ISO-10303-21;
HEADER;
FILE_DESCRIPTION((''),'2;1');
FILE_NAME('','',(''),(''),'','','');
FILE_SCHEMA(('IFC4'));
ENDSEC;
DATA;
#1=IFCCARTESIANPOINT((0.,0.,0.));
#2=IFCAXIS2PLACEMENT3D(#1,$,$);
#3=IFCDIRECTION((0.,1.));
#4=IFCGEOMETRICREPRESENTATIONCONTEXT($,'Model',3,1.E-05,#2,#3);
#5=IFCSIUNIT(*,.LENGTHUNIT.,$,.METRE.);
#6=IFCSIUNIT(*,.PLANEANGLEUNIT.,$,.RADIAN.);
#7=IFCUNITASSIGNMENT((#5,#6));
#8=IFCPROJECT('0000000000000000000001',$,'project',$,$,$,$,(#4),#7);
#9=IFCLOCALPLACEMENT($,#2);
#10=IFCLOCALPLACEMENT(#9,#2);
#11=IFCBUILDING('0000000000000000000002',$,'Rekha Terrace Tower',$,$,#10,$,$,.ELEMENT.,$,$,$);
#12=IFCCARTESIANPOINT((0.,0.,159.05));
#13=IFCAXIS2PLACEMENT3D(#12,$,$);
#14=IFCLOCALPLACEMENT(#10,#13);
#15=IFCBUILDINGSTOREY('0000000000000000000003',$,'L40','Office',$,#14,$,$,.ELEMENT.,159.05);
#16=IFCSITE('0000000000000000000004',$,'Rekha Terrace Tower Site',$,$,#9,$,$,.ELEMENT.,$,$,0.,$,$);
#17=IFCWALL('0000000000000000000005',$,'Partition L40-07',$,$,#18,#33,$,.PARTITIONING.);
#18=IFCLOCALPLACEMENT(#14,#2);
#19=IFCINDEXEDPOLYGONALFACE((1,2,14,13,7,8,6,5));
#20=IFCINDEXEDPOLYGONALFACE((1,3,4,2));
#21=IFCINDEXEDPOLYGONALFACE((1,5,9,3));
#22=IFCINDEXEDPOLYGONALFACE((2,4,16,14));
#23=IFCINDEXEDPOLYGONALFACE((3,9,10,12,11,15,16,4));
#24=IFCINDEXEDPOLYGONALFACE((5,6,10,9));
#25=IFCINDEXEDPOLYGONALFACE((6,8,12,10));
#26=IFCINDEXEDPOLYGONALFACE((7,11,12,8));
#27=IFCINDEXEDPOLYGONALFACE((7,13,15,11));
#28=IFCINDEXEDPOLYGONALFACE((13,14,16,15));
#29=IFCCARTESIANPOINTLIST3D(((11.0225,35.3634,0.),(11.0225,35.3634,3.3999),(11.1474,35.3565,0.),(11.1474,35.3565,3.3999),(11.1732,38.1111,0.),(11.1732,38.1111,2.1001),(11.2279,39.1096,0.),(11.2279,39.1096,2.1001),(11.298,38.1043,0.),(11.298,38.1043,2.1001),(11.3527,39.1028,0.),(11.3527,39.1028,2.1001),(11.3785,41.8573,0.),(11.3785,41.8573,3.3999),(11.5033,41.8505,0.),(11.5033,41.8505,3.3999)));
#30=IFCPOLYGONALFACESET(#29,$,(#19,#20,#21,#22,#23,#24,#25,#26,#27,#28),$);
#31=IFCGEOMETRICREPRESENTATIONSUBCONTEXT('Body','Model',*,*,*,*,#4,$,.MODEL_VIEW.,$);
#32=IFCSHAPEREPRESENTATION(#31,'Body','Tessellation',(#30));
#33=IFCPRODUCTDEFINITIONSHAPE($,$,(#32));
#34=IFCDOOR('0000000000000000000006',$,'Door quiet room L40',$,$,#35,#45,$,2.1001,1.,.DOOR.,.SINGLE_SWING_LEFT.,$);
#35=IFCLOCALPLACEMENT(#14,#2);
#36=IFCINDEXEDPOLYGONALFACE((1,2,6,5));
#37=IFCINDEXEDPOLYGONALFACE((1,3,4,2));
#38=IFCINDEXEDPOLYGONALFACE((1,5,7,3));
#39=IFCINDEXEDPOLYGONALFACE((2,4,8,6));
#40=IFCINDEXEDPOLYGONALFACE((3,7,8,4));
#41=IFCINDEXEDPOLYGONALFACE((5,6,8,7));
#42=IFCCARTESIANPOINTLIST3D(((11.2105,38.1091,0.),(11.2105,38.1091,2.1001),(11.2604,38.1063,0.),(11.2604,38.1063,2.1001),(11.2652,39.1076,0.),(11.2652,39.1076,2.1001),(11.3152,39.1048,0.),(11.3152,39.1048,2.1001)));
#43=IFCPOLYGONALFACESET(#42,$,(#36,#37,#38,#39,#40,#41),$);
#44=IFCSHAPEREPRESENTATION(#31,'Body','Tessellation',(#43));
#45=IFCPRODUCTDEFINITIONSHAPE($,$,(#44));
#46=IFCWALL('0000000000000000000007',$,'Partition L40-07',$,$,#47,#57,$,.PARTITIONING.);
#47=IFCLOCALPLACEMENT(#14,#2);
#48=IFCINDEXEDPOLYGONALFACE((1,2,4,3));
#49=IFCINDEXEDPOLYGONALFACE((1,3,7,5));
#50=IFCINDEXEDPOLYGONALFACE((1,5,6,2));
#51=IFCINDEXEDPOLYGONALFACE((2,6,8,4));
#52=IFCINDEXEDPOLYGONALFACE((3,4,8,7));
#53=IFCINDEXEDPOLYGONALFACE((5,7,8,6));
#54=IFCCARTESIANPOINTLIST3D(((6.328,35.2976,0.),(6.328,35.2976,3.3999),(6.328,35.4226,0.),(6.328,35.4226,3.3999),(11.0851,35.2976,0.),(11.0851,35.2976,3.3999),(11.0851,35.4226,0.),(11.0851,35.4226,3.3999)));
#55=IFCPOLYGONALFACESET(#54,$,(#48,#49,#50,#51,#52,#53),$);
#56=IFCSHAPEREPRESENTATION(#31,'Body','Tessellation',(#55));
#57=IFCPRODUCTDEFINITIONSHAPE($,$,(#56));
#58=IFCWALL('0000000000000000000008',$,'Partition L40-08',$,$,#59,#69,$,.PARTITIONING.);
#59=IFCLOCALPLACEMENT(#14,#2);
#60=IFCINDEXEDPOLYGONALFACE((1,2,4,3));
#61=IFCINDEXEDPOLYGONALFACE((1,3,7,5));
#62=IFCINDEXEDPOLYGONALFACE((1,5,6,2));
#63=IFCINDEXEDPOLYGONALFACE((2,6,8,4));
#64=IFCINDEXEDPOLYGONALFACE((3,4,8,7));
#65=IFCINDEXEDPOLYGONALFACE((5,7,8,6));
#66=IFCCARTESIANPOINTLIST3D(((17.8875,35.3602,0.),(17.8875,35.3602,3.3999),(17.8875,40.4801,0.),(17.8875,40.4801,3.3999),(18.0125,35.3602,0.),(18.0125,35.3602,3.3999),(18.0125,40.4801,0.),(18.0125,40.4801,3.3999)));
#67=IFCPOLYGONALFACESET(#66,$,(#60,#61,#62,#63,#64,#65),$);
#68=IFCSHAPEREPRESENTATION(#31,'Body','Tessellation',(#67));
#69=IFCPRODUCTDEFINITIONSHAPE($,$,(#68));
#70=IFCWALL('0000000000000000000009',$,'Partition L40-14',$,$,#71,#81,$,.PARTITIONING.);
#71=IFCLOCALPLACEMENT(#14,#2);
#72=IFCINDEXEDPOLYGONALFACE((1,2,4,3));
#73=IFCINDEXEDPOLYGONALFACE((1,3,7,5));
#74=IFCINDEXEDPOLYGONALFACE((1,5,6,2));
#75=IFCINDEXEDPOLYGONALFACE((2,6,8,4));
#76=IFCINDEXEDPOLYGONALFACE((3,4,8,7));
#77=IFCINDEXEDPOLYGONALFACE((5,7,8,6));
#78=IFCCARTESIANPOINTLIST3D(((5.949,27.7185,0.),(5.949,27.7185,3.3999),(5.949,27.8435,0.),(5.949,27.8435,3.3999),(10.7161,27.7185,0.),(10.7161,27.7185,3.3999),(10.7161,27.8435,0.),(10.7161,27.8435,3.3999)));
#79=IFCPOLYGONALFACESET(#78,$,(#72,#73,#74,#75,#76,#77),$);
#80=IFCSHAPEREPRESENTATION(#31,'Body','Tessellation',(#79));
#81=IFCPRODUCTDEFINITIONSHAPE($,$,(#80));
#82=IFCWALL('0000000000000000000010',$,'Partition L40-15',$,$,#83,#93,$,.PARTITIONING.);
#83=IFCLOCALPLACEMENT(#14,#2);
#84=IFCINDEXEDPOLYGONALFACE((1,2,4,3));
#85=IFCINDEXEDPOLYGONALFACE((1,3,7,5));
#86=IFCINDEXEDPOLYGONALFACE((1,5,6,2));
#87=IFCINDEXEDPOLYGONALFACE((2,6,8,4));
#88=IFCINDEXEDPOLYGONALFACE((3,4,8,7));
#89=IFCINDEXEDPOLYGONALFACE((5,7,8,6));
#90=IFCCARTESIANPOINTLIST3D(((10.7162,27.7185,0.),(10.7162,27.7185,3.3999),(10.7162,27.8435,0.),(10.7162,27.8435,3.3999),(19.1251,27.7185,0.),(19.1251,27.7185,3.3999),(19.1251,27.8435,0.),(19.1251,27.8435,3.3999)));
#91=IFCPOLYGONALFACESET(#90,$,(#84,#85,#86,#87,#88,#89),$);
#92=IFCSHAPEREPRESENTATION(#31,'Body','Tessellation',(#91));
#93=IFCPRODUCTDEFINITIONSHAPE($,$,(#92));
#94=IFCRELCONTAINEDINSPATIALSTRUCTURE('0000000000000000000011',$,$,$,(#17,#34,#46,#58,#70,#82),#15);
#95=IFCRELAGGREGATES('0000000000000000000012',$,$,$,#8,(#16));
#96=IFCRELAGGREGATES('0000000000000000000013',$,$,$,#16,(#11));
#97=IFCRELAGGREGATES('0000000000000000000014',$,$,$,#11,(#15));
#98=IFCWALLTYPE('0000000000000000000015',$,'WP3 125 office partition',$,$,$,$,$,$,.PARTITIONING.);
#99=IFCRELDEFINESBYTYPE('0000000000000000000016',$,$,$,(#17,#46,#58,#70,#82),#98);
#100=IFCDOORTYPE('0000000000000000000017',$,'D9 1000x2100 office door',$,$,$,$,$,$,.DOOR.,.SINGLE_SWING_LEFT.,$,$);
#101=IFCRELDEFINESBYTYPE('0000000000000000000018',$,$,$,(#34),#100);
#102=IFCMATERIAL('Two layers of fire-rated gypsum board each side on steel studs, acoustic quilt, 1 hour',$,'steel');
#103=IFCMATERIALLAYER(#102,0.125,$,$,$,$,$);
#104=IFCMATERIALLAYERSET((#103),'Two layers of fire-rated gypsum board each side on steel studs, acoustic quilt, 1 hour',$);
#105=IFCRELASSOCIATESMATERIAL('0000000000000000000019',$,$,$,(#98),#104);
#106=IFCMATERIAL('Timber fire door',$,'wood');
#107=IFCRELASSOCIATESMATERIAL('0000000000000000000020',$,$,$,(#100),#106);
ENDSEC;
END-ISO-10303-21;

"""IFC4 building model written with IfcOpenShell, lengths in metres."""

from ifc_helpers import new_model, si_unit, direction, frame, frame_2d, origin, place, context, subcontext, project, spatial, rectangle, extrude, material, layer, layer_set, type_object, element, fill, save


model = new_model("IFC4")

# Units and contexts
model_context = context("Model", 3, precision=1e-05, world=origin(), true_north=direction((0.0, 1.0)))
body_context = subcontext(model_context, "Body", "Model", "MODEL_VIEW")
ifc_project = project(units=[si_unit("LENGTHUNIT", "METRE"), si_unit("PLANEANGLEUNIT", "RADIAN")], contexts=[model_context])

# Site, building, storey
site_placement = place(None, origin())
site = spatial("IfcSite", under=ifc_project, at=site_placement, Name="Rekha Terrace Tower Site", CompositionType="ELEMENT", RefElevation=0.0)
building_placement = place(site_placement, origin())
building = spatial("IfcBuilding", under=site, at=building_placement, Name="Rekha Terrace Tower", CompositionType="ELEMENT")
storey_placement = place(building_placement, frame((0.0, 0.0, 159.05)))
storey = spatial("IfcBuildingStorey", under=building, at=storey_placement, Name="L40", Description="Office", CompositionType="ELEMENT", Elevation=159.05)

# Shared definitions
ifc_material_1 = material(Name="Two layers of fire-rated gypsum board each side on steel studs, acoustic quilt, 1 hour", Category="steel")
ifc_layer_1 = layer(ifc_material_1, 0.125)
ifc_layer_set_1 = layer_set([ifc_layer_1], Name="Two layers of fire-rated gypsum board each side on steel studs, acoustic quilt, 1 hour")
wall_type_1 = type_object("IfcWallType", Name="WP3 125 office partition", PredefinedType="PARTITIONING", material=ifc_layer_set_1)

# Wall, opening, door
wall_1_placement = place(storey_placement, frame((11.4409, 41.854, 0.0), z_axis=(0.0, 0.0, 1.0), x_axis=(-0.054732, -0.998501, 0.0)))
wall_1 = element("IfcWall", 1, at=wall_1_placement, inside=storey, type_object=wall_type_1, Name="Partition L40-07", PredefinedType="PARTITIONING", context=body_context, shape_type="SweptSolid", body=[
    extrude(rectangle(XDim=6.5037, YDim=0.125, at=frame_2d((3.252, 0.0))), origin(), (0.0, 0.0, 1.0), 3.3999),
])
opening_placement = place(wall_1_placement, frame((2.752, 0.0, 0.0)))
opening = element("IfcOpeningElement", 2, at=opening_placement, cuts=wall_1, PredefinedType="OPENING", context=body_context, shape_type="SweptSolid", body=[
    extrude(rectangle(XDim=1.0, YDim=2.1001, at=frame_2d((0.5, 1.05))), frame((0.0, 0.0725, 0.0), z_axis=(0.0, -1.0, 0.0), x_axis=(1.0, 0.0, 0.0)), (0.0, 0.0, 1.0), 0.145),
])
ifc_material_2 = material(Name="Timber fire door", Category="wood")
door_type = type_object("IfcDoorType", Name="D9 1000x2100 office door", OperationType="SINGLE_SWING_LEFT", PredefinedType="DOOR", material=ifc_material_2)
door_placement = place(opening_placement, origin())
door = element("IfcDoor", 3, at=door_placement, inside=storey, type_object=door_type, Name="Door quiet room L40", OperationType="SINGLE_SWING_LEFT", OverallHeight=2.1001, OverallWidth=1.0, PredefinedType="DOOR", context=body_context, shape_type="SweptSolid", body=[
    extrude(rectangle(XDim=1.0, YDim=2.1001, at=frame_2d((0.5, 1.05))), frame((0.0, 0.0249, 0.0), z_axis=(0.0, -1.0, 0.0), x_axis=(1.0, 0.0, 0.0)), (0.0, 0.0, 1.0), 0.05),
])
fill(opening, door)

# Walls
wall_2_placement = place(storey_placement, frame((11.085, 35.3601, 0.0), z_axis=(0.0, 0.0, 1.0), x_axis=(-1.0, 0.0, 0.0)))
element("IfcWall", 4, at=wall_2_placement, inside=storey, type_object=wall_type_1, Name="Partition L40-07", PredefinedType="PARTITIONING", context=body_context, shape_type="SweptSolid", body=[
    extrude(rectangle(XDim=4.7571, YDim=0.125, at=frame_2d((2.3784, 0.0))), origin(), (0.0, 0.0, 1.0), 3.3999),
])
wall_3_placement = place(storey_placement, frame((17.95, 35.3601, 0.0), z_axis=(0.0, 0.0, 1.0), x_axis=(0.0, 1.0, 0.0)))
element("IfcWall", 5, at=wall_3_placement, inside=storey, type_object=wall_type_1, Name="Partition L40-08", PredefinedType="PARTITIONING", context=body_context, shape_type="SweptSolid", body=[
    extrude(rectangle(XDim=5.1199, YDim=0.125, at=frame_2d((2.5601, 0.0))), origin(), (0.0, 0.0, 1.0), 3.3999),
])
wall_4_placement = place(storey_placement, frame((5.949, 27.781, 0.0), z_axis=(0.0, 0.0, 1.0), x_axis=(1.0, 0.0, 0.0)))
element("IfcWall", 6, at=wall_4_placement, inside=storey, type_object=wall_type_1, Name="Partition L40-14", PredefinedType="PARTITIONING", context=body_context, shape_type="SweptSolid", body=[
    extrude(rectangle(XDim=4.7671, YDim=0.125, at=frame_2d((2.3835, 0.0))), origin(), (0.0, 0.0, 1.0), 3.3999),
])
wall_5_placement = place(storey_placement, frame((10.7161, 27.781, 0.0), z_axis=(0.0, 0.0, 1.0), x_axis=(1.0, 0.0, 0.0)))
element("IfcWall", 7, at=wall_5_placement, inside=storey, type_object=wall_type_1, Name="Partition L40-15", PredefinedType="PARTITIONING", context=body_context, shape_type="SweptSolid", body=[
    extrude(rectangle(XDim=8.4089, YDim=0.125, at=frame_2d((4.2046, 0.0))), origin(), (0.0, 0.0, 1.0), 3.3999),
])

save(model, "model.ifc")
